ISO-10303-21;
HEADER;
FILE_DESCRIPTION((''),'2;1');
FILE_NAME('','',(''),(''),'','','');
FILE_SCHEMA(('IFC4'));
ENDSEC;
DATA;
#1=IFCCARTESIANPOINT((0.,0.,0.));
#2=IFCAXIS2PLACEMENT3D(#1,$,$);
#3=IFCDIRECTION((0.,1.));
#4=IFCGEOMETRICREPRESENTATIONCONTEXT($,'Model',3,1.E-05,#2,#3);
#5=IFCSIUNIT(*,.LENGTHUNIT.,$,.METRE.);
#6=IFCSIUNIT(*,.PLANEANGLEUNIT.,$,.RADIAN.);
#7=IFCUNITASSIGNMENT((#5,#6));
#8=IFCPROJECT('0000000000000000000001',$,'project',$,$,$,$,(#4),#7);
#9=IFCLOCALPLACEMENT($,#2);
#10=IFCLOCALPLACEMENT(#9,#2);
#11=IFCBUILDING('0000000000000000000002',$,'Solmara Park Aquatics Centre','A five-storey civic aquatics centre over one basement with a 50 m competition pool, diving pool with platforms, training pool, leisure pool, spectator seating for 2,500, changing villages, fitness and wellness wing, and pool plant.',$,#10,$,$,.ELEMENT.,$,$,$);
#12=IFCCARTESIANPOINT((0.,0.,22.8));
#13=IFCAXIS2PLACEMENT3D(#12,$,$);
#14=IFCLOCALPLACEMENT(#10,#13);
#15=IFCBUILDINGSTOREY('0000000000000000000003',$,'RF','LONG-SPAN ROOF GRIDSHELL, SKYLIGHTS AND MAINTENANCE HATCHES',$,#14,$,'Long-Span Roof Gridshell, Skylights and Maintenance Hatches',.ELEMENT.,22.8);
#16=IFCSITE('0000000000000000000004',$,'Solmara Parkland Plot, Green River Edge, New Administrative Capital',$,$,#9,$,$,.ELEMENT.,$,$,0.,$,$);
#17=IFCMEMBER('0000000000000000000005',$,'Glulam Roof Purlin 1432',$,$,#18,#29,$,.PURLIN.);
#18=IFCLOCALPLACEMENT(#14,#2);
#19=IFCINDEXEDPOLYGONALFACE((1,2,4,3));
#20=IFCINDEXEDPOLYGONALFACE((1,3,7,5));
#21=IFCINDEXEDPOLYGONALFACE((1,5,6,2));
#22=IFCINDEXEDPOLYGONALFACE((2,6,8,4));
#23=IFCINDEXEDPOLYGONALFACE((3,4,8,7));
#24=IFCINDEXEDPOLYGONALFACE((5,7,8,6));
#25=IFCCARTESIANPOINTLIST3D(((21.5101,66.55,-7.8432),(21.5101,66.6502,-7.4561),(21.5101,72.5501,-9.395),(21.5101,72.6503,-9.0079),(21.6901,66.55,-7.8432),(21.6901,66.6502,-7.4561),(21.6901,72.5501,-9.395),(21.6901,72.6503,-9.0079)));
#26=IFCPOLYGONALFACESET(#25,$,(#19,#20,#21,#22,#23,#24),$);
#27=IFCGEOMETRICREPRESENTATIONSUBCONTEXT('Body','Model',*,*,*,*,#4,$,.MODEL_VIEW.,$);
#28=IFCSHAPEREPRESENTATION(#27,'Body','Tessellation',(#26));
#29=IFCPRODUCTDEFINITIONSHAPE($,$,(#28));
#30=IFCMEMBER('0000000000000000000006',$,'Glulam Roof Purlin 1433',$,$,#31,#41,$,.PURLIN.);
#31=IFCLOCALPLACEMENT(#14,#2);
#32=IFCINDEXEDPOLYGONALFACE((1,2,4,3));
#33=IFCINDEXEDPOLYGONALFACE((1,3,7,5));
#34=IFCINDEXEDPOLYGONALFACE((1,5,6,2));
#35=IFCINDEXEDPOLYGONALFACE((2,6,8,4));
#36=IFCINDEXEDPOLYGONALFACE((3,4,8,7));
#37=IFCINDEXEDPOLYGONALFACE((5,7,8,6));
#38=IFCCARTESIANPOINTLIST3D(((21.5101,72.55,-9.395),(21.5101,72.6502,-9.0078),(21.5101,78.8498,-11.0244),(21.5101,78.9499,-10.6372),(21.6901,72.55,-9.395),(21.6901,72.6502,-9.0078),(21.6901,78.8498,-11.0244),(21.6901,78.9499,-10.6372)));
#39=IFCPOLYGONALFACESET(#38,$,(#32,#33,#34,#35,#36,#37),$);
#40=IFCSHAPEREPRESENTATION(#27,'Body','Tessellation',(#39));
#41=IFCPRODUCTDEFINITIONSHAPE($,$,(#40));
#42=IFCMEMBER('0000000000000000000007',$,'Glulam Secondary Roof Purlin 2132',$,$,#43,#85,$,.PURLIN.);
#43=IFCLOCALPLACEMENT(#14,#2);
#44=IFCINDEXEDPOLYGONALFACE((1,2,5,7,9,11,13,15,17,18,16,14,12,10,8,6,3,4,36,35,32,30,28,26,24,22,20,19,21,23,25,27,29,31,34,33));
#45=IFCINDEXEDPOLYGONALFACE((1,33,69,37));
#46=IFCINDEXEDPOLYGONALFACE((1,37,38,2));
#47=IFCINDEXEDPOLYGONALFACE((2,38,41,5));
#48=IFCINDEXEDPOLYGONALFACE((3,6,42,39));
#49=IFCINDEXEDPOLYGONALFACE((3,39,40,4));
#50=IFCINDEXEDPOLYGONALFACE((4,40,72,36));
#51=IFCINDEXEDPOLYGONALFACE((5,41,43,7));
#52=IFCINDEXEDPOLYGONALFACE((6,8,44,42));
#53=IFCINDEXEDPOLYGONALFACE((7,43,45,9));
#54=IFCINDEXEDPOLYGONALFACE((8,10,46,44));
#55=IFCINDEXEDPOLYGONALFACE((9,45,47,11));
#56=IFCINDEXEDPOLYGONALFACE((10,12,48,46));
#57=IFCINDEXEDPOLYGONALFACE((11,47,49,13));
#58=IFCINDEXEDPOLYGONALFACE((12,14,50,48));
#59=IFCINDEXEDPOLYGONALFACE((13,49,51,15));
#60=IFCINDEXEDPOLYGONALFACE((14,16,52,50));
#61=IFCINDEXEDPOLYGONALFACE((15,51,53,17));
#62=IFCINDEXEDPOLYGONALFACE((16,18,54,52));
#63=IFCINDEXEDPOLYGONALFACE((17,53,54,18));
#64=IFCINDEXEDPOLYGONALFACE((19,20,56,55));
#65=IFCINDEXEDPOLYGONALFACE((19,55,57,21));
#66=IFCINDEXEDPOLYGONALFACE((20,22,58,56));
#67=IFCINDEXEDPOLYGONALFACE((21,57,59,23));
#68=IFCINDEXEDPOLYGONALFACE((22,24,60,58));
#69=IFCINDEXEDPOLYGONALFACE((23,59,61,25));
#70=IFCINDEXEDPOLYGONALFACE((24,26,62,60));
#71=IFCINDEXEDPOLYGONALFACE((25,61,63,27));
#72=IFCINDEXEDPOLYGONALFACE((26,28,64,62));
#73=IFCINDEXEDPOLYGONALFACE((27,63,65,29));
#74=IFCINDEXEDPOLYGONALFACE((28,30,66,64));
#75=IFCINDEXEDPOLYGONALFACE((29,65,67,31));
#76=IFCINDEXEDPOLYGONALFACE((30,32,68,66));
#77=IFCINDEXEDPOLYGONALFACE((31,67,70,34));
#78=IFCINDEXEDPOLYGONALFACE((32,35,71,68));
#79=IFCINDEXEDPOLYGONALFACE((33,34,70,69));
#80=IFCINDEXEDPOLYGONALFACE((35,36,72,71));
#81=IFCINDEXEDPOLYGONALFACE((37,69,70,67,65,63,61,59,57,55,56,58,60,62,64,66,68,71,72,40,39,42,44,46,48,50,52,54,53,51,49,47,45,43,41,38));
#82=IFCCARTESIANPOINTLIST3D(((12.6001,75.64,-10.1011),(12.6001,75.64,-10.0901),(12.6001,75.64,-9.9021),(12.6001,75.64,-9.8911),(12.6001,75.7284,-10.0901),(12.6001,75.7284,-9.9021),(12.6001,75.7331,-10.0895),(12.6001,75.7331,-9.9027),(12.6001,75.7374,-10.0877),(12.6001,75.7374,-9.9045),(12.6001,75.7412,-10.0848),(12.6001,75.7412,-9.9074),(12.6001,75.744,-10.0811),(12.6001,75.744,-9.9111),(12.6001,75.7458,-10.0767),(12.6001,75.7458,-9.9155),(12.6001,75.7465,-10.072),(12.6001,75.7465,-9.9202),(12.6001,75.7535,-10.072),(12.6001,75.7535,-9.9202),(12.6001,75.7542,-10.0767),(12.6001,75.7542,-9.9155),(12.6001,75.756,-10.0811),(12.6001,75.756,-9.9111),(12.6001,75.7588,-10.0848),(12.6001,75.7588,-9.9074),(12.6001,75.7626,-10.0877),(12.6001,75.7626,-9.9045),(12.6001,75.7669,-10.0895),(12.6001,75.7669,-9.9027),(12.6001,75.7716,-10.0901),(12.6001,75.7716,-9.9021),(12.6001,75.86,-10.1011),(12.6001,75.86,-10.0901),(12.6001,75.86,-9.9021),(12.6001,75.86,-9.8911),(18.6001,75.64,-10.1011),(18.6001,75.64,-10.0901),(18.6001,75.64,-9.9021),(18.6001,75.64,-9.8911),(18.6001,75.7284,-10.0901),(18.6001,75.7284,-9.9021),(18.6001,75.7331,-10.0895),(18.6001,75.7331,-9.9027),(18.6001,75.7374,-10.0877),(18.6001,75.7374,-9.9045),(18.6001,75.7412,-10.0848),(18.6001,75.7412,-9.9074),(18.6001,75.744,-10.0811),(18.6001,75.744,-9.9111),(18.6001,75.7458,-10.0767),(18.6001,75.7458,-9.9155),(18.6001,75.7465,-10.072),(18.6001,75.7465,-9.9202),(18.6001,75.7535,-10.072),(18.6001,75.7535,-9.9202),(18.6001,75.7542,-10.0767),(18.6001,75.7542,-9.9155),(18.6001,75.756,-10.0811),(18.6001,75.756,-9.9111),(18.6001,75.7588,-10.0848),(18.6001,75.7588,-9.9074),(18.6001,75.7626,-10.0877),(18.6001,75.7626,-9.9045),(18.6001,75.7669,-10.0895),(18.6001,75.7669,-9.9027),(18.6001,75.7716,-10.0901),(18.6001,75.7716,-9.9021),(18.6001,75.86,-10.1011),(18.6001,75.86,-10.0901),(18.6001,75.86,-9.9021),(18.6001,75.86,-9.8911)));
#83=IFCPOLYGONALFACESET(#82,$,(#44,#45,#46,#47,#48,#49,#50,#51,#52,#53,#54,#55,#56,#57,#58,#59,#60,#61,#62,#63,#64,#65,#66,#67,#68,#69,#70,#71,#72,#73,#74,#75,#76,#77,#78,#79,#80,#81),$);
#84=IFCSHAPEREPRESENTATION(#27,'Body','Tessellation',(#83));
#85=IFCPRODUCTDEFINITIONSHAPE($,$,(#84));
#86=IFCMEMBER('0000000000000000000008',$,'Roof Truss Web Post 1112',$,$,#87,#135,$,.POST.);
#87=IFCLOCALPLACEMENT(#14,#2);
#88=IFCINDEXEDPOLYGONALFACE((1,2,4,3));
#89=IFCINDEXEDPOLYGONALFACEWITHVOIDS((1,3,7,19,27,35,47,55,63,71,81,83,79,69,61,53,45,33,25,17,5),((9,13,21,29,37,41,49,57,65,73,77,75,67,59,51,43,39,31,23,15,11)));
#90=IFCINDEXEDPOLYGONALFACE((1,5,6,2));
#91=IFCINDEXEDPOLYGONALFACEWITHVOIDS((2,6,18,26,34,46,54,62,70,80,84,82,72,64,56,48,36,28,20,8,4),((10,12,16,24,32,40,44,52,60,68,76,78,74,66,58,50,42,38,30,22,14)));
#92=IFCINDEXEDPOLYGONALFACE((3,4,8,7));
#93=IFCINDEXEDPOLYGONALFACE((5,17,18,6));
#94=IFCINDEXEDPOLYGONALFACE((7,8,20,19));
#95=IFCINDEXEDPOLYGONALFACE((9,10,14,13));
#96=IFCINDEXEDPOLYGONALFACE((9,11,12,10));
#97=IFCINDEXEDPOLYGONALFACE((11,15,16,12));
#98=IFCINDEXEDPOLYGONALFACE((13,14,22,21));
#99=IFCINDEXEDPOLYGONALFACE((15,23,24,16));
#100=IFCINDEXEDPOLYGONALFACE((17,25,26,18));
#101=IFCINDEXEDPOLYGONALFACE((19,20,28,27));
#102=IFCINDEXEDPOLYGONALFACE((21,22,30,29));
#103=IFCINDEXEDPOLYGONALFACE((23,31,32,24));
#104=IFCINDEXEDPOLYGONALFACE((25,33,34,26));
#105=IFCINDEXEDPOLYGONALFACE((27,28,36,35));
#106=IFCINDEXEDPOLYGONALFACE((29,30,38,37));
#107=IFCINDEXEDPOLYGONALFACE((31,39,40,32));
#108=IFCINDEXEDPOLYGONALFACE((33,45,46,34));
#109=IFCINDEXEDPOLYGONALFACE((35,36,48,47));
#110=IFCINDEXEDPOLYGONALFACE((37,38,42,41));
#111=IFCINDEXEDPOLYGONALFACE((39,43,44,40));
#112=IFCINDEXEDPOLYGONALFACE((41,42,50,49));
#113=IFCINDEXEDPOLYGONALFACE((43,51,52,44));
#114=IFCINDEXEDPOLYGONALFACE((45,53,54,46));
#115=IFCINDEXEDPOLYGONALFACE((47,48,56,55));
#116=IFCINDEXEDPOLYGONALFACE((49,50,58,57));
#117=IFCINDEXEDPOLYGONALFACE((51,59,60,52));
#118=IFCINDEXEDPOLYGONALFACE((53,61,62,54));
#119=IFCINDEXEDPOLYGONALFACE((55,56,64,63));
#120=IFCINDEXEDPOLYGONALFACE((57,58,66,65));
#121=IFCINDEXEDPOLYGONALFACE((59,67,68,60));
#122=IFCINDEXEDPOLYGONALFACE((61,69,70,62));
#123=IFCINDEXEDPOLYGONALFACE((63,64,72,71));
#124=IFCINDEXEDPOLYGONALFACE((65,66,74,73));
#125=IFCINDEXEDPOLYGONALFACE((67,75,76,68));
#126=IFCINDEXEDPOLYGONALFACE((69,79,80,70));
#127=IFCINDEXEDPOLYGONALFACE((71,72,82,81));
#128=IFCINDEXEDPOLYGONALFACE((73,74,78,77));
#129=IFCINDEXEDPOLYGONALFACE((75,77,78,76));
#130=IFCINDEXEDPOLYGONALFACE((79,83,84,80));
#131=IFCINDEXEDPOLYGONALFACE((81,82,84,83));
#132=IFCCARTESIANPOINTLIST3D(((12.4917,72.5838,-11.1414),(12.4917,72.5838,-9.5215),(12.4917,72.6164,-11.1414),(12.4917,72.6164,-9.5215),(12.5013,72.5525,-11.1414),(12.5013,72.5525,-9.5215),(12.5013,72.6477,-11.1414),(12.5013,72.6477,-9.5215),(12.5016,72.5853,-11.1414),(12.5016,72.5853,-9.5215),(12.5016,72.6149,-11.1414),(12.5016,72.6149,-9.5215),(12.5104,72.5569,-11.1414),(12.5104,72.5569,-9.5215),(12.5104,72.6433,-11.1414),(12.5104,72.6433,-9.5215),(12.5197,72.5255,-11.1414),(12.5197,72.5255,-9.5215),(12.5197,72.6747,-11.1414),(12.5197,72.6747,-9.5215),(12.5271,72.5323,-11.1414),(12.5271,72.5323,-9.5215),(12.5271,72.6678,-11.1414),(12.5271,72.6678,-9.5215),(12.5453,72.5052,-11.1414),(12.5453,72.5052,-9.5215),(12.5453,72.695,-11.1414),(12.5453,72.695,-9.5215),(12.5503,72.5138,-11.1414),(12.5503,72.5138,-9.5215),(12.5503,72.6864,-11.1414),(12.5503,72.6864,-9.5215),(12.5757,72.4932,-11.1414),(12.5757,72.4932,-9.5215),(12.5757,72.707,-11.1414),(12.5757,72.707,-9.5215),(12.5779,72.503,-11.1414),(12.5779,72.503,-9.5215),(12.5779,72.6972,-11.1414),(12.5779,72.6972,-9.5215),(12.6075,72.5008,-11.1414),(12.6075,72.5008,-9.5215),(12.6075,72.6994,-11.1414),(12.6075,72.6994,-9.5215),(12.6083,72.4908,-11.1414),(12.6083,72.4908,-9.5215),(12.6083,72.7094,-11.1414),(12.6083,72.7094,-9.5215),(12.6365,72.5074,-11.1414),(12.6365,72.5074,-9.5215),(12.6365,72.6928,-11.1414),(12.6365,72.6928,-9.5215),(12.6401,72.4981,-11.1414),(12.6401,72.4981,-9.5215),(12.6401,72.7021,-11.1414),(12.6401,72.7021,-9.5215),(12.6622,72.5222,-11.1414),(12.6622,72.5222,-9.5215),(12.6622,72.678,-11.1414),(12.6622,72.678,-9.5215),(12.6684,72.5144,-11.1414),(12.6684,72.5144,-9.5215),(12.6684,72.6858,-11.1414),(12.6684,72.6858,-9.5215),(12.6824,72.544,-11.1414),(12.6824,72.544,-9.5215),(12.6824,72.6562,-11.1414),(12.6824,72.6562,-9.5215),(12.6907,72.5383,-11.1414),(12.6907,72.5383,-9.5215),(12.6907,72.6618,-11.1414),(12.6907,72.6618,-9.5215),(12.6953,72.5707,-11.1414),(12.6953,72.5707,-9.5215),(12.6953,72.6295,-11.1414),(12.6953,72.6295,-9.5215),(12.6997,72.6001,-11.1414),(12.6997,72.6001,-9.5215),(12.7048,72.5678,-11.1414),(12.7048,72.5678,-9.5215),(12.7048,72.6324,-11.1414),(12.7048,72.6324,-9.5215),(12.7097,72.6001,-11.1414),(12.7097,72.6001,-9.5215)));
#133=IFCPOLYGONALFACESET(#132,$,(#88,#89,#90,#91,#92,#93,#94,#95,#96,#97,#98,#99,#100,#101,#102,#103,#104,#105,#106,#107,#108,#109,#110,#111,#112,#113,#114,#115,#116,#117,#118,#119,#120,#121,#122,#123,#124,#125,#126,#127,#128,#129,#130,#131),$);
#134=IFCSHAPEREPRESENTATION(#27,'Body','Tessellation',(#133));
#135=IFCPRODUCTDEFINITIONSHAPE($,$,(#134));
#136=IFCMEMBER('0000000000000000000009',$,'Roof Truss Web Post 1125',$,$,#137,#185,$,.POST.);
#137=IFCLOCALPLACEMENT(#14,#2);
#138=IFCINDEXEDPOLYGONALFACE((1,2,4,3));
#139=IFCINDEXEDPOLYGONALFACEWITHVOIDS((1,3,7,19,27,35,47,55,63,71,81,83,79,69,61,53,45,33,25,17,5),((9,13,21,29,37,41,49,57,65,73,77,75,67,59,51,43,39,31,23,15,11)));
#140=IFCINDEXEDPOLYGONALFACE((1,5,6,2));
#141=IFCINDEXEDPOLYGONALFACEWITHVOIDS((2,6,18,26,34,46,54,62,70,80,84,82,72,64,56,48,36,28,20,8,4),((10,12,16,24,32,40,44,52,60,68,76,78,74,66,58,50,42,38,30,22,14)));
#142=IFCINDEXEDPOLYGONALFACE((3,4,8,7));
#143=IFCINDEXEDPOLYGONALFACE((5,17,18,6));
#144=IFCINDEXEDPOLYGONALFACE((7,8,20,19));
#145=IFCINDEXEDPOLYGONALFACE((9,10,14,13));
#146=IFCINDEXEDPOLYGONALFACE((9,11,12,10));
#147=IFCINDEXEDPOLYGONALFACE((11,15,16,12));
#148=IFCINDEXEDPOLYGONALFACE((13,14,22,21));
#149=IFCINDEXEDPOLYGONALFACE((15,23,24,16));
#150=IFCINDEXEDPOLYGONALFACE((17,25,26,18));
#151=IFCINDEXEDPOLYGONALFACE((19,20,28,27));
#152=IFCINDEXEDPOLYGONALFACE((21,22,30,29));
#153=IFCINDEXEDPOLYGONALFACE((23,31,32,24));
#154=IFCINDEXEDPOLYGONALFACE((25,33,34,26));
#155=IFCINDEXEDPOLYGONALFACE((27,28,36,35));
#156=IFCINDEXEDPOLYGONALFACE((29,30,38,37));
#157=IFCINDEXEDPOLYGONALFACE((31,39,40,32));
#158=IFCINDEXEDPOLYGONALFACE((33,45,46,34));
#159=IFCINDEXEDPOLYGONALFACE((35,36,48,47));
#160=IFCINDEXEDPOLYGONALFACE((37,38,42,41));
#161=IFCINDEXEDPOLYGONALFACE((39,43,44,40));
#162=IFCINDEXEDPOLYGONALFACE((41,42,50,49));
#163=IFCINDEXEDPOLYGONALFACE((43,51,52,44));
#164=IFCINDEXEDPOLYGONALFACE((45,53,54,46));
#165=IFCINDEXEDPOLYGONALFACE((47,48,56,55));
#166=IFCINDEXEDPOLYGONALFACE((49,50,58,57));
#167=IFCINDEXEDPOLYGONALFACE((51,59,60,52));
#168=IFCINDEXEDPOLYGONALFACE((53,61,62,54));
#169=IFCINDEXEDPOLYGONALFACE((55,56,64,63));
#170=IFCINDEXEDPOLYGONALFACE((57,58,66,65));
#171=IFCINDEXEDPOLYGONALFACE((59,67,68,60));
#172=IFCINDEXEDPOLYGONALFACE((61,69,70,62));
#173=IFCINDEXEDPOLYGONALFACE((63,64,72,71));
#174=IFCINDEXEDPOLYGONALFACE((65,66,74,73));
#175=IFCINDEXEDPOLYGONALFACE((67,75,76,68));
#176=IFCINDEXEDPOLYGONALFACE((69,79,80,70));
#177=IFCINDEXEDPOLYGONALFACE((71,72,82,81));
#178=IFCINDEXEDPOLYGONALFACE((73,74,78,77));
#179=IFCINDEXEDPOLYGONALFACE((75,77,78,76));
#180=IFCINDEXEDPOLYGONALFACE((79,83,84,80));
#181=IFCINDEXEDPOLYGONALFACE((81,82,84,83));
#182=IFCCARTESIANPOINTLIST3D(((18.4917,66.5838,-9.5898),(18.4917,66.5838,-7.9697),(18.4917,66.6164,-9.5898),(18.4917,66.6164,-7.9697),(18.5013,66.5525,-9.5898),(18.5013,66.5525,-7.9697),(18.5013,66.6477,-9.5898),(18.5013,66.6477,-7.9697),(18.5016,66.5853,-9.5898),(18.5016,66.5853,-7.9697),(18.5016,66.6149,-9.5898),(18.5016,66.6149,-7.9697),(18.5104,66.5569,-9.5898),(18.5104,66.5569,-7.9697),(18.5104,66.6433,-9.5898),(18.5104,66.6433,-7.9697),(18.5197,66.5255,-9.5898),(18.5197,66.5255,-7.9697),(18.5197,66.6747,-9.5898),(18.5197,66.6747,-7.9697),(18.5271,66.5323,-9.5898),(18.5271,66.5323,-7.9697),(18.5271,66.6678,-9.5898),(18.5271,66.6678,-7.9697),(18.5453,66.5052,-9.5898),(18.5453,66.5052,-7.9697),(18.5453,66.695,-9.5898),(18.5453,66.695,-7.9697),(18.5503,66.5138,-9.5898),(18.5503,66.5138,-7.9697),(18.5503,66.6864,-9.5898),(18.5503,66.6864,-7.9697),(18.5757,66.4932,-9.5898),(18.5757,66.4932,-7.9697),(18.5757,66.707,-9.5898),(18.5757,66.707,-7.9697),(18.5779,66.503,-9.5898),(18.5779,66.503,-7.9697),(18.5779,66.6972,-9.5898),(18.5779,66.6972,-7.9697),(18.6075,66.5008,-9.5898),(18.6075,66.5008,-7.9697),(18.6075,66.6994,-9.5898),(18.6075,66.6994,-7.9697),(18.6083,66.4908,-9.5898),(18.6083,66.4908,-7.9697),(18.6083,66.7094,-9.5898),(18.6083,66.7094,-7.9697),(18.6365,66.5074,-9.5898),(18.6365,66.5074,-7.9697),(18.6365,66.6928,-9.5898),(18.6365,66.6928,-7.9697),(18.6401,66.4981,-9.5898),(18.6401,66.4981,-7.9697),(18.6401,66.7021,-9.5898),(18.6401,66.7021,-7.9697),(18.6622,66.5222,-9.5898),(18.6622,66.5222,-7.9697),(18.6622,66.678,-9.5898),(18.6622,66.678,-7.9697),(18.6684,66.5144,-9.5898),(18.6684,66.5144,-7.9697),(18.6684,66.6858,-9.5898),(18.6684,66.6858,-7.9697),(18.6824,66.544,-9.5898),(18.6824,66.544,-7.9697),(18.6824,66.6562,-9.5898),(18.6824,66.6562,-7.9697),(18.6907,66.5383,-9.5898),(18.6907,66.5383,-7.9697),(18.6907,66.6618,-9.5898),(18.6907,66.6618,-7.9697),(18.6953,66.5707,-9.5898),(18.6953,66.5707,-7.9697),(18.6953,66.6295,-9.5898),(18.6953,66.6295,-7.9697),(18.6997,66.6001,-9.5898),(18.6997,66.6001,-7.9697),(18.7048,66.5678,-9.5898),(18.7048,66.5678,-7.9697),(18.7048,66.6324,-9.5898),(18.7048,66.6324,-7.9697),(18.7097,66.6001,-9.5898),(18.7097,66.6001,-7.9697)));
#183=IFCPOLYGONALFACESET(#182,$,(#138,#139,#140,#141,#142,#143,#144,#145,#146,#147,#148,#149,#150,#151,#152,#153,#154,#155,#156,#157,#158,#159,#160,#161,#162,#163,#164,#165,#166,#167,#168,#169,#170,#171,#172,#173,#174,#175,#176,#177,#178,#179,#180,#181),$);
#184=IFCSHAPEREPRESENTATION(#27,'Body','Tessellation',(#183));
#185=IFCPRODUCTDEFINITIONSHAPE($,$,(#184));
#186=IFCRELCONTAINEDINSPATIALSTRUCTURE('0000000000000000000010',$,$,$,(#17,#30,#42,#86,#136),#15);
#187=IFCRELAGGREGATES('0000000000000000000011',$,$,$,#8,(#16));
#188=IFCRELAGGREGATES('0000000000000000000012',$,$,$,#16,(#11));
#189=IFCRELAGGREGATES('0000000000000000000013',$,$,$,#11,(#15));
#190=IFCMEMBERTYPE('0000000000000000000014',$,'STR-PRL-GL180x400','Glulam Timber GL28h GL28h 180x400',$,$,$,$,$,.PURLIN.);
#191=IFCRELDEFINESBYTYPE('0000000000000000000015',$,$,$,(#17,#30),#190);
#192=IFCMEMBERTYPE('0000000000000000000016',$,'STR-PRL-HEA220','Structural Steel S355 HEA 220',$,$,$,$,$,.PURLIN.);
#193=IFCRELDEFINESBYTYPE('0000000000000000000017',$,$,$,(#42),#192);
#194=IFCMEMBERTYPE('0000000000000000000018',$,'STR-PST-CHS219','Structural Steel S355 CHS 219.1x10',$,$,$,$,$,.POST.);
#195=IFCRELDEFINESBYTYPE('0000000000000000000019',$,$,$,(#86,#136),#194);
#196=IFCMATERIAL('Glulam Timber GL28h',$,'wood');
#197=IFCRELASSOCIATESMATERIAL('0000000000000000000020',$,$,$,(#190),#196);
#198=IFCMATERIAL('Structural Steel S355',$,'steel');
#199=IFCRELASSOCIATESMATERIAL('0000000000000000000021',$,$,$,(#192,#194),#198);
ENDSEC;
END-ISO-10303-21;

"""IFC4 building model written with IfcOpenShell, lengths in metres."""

from ifc_helpers import new_model, si_unit, direction, frame, origin, origin_2d, place, context, subcontext, project, spatial, rectangle, hollow_circle, i_section, extrude, material, material_profile, profile_set, type_object, element, save


model = new_model("IFC4")

# Units and contexts
model_context = context("Model", 3, precision=1e-05, world=origin(), true_north=direction((0.0, 1.0)))
body_context = subcontext(model_context, "Body", "Model", "MODEL_VIEW")
ifc_project = project(units=[si_unit("LENGTHUNIT", "METRE"), si_unit("PLANEANGLEUNIT", "RADIAN")], contexts=[model_context])

# Site, building, storey
site_placement = place(None, origin())
site = spatial("IfcSite", under=ifc_project, at=site_placement, Name="Solmara Parkland Plot, Green River Edge, New Administrative Capital", CompositionType="ELEMENT", RefElevation=0.0)
building_placement = place(site_placement, origin())
building = spatial("IfcBuilding", under=site, at=building_placement, Name="Solmara Park Aquatics Centre", Description="A five-storey civic aquatics centre over one basement with a 50 m competition pool, diving pool with platforms, training pool, leisure pool, spectator seating for 2,500, changing villages, fitness and wellness wing, and pool plant.", CompositionType="ELEMENT")
storey_placement = place(building_placement, frame((0.0, 0.0, 22.8)))
storey = spatial("IfcBuildingStorey", under=building, at=storey_placement, Name="RF", Description="LONG-SPAN ROOF GRIDSHELL, SKYLIGHTS AND MAINTENANCE HATCHES", LongName="Long-Span Roof Gridshell, Skylights and Maintenance Hatches", CompositionType="ELEMENT", Elevation=22.8)

# Members
ifc_material_1 = material(Name="Structural Steel S355", Category="steel")
ifc_material_2 = material(Name="Glulam Timber GL28h", Category="wood")
ifc_material_profile_1 = material_profile(ifc_material_2, rectangle(XDim=0.1799, YDim=0.3999, at=origin_2d()), Name="GL28h 180x400")
ifc_profile_set_1 = profile_set([ifc_material_profile_1], Name="Glulam Timber GL28h")
member_type_1 = type_object("IfcMemberType", Name="STR-PRL-GL180x400", Description="Glulam Timber GL28h GL28h 180x400", PredefinedType="PURLIN", material=ifc_profile_set_1)
member_1_placement = place(storey_placement, frame((21.6001, 66.6001, -7.6497), z_axis=(0.0, 0.968146, -0.250388), x_axis=(-1.0, 0.0, 0.0)))
element("IfcMember", 1, at=member_1_placement, inside=storey, type_object=member_type_1, Name="Glulam Roof Purlin 1432", PredefinedType="PURLIN", context=body_context, shape_type="SweptSolid", body=[
    extrude(rectangle(XDim=0.1799, YDim=0.3999, at=origin_2d()), origin(), (0.0, 0.0, 1.0), 6.1975),
])
member_2_placement = place(storey_placement, frame((21.6001, 72.6001, -9.2014), z_axis=(0.0, 0.968142, -0.250402), x_axis=(-1.0, 0.0, 0.0)))
element("IfcMember", 2, at=member_2_placement, inside=storey, type_object=member_type_1, Name="Glulam Roof Purlin 1433", PredefinedType="PURLIN", context=body_context, shape_type="SweptSolid", body=[
    extrude(rectangle(XDim=0.1799, YDim=0.3999, at=origin_2d()), origin(), (0.0, 0.0, 1.0), 6.5071),
])
ifc_material_profile_2 = material_profile(ifc_material_1, i_section(OverallWidth=0.22, OverallDepth=0.21, WebThickness=0.0071, FlangeThickness=0.011, FilletRadius=0.0181, at=origin_2d()), Name="HEA 220")
ifc_profile_set_2 = profile_set([ifc_material_profile_2], Name="Structural Steel S355")
member_type_2 = type_object("IfcMemberType", Name="STR-PRL-HEA220", Description="Structural Steel S355 HEA 220", PredefinedType="PURLIN", material=ifc_profile_set_2)
member_3_placement = place(storey_placement, frame((12.6001, 75.75, -9.9961), z_axis=(1.0, 0.0, 0.0), x_axis=(0.0, 1.0, 0.0)))
element("IfcMember", 3, at=member_3_placement, inside=storey, type_object=member_type_2, Name="Glulam Secondary Roof Purlin 2132", PredefinedType="PURLIN", context=body_context, shape_type="SweptSolid", body=[
    extrude(i_section(OverallWidth=0.22, OverallDepth=0.21, WebThickness=0.0071, FlangeThickness=0.011, FilletRadius=0.0181, at=origin_2d()), origin(), (0.0, 0.0, 1.0), 6.0),
])
ifc_material_profile_3 = material_profile(ifc_material_1, hollow_circle(Radius=0.1096, WallThickness=0.01, at=origin_2d()), Name="CHS 219.1x10")
ifc_profile_set_3 = profile_set([ifc_material_profile_3], Name="Structural Steel S355")
member_type_3 = type_object("IfcMemberType", Name="STR-PST-CHS219", Description="Structural Steel S355 CHS 219.1x10", PredefinedType="POST", material=ifc_profile_set_3)
member_4_placement = place(storey_placement, frame((12.6001, 72.6001, -11.1414), z_axis=(0.0, 0.0, 1.0), x_axis=(1.0, 0.0, 0.0)))
element("IfcMember", 4, at=member_4_placement, inside=storey, type_object=member_type_3, Name="Roof Truss Web Post 1112", PredefinedType="POST", context=body_context, shape_type="SweptSolid", body=[
    extrude(hollow_circle(Radius=0.1096, WallThickness=0.01, at=origin_2d()), origin(), (0.0, 0.0, 1.0), 1.6199),
])
member_5_placement = place(storey_placement, frame((18.6001, 66.6001, -9.5898), z_axis=(0.0, 0.0, 1.0), x_axis=(1.0, 0.0, 0.0)))
element("IfcMember", 5, at=member_5_placement, inside=storey, type_object=member_type_3, Name="Roof Truss Web Post 1125", PredefinedType="POST", context=body_context, shape_type="SweptSolid", body=[
    extrude(hollow_circle(Radius=0.1096, WallThickness=0.01, at=origin_2d()), origin(), (0.0, 0.0, 1.0), 1.6201),
])

save(model, "model.ifc")
